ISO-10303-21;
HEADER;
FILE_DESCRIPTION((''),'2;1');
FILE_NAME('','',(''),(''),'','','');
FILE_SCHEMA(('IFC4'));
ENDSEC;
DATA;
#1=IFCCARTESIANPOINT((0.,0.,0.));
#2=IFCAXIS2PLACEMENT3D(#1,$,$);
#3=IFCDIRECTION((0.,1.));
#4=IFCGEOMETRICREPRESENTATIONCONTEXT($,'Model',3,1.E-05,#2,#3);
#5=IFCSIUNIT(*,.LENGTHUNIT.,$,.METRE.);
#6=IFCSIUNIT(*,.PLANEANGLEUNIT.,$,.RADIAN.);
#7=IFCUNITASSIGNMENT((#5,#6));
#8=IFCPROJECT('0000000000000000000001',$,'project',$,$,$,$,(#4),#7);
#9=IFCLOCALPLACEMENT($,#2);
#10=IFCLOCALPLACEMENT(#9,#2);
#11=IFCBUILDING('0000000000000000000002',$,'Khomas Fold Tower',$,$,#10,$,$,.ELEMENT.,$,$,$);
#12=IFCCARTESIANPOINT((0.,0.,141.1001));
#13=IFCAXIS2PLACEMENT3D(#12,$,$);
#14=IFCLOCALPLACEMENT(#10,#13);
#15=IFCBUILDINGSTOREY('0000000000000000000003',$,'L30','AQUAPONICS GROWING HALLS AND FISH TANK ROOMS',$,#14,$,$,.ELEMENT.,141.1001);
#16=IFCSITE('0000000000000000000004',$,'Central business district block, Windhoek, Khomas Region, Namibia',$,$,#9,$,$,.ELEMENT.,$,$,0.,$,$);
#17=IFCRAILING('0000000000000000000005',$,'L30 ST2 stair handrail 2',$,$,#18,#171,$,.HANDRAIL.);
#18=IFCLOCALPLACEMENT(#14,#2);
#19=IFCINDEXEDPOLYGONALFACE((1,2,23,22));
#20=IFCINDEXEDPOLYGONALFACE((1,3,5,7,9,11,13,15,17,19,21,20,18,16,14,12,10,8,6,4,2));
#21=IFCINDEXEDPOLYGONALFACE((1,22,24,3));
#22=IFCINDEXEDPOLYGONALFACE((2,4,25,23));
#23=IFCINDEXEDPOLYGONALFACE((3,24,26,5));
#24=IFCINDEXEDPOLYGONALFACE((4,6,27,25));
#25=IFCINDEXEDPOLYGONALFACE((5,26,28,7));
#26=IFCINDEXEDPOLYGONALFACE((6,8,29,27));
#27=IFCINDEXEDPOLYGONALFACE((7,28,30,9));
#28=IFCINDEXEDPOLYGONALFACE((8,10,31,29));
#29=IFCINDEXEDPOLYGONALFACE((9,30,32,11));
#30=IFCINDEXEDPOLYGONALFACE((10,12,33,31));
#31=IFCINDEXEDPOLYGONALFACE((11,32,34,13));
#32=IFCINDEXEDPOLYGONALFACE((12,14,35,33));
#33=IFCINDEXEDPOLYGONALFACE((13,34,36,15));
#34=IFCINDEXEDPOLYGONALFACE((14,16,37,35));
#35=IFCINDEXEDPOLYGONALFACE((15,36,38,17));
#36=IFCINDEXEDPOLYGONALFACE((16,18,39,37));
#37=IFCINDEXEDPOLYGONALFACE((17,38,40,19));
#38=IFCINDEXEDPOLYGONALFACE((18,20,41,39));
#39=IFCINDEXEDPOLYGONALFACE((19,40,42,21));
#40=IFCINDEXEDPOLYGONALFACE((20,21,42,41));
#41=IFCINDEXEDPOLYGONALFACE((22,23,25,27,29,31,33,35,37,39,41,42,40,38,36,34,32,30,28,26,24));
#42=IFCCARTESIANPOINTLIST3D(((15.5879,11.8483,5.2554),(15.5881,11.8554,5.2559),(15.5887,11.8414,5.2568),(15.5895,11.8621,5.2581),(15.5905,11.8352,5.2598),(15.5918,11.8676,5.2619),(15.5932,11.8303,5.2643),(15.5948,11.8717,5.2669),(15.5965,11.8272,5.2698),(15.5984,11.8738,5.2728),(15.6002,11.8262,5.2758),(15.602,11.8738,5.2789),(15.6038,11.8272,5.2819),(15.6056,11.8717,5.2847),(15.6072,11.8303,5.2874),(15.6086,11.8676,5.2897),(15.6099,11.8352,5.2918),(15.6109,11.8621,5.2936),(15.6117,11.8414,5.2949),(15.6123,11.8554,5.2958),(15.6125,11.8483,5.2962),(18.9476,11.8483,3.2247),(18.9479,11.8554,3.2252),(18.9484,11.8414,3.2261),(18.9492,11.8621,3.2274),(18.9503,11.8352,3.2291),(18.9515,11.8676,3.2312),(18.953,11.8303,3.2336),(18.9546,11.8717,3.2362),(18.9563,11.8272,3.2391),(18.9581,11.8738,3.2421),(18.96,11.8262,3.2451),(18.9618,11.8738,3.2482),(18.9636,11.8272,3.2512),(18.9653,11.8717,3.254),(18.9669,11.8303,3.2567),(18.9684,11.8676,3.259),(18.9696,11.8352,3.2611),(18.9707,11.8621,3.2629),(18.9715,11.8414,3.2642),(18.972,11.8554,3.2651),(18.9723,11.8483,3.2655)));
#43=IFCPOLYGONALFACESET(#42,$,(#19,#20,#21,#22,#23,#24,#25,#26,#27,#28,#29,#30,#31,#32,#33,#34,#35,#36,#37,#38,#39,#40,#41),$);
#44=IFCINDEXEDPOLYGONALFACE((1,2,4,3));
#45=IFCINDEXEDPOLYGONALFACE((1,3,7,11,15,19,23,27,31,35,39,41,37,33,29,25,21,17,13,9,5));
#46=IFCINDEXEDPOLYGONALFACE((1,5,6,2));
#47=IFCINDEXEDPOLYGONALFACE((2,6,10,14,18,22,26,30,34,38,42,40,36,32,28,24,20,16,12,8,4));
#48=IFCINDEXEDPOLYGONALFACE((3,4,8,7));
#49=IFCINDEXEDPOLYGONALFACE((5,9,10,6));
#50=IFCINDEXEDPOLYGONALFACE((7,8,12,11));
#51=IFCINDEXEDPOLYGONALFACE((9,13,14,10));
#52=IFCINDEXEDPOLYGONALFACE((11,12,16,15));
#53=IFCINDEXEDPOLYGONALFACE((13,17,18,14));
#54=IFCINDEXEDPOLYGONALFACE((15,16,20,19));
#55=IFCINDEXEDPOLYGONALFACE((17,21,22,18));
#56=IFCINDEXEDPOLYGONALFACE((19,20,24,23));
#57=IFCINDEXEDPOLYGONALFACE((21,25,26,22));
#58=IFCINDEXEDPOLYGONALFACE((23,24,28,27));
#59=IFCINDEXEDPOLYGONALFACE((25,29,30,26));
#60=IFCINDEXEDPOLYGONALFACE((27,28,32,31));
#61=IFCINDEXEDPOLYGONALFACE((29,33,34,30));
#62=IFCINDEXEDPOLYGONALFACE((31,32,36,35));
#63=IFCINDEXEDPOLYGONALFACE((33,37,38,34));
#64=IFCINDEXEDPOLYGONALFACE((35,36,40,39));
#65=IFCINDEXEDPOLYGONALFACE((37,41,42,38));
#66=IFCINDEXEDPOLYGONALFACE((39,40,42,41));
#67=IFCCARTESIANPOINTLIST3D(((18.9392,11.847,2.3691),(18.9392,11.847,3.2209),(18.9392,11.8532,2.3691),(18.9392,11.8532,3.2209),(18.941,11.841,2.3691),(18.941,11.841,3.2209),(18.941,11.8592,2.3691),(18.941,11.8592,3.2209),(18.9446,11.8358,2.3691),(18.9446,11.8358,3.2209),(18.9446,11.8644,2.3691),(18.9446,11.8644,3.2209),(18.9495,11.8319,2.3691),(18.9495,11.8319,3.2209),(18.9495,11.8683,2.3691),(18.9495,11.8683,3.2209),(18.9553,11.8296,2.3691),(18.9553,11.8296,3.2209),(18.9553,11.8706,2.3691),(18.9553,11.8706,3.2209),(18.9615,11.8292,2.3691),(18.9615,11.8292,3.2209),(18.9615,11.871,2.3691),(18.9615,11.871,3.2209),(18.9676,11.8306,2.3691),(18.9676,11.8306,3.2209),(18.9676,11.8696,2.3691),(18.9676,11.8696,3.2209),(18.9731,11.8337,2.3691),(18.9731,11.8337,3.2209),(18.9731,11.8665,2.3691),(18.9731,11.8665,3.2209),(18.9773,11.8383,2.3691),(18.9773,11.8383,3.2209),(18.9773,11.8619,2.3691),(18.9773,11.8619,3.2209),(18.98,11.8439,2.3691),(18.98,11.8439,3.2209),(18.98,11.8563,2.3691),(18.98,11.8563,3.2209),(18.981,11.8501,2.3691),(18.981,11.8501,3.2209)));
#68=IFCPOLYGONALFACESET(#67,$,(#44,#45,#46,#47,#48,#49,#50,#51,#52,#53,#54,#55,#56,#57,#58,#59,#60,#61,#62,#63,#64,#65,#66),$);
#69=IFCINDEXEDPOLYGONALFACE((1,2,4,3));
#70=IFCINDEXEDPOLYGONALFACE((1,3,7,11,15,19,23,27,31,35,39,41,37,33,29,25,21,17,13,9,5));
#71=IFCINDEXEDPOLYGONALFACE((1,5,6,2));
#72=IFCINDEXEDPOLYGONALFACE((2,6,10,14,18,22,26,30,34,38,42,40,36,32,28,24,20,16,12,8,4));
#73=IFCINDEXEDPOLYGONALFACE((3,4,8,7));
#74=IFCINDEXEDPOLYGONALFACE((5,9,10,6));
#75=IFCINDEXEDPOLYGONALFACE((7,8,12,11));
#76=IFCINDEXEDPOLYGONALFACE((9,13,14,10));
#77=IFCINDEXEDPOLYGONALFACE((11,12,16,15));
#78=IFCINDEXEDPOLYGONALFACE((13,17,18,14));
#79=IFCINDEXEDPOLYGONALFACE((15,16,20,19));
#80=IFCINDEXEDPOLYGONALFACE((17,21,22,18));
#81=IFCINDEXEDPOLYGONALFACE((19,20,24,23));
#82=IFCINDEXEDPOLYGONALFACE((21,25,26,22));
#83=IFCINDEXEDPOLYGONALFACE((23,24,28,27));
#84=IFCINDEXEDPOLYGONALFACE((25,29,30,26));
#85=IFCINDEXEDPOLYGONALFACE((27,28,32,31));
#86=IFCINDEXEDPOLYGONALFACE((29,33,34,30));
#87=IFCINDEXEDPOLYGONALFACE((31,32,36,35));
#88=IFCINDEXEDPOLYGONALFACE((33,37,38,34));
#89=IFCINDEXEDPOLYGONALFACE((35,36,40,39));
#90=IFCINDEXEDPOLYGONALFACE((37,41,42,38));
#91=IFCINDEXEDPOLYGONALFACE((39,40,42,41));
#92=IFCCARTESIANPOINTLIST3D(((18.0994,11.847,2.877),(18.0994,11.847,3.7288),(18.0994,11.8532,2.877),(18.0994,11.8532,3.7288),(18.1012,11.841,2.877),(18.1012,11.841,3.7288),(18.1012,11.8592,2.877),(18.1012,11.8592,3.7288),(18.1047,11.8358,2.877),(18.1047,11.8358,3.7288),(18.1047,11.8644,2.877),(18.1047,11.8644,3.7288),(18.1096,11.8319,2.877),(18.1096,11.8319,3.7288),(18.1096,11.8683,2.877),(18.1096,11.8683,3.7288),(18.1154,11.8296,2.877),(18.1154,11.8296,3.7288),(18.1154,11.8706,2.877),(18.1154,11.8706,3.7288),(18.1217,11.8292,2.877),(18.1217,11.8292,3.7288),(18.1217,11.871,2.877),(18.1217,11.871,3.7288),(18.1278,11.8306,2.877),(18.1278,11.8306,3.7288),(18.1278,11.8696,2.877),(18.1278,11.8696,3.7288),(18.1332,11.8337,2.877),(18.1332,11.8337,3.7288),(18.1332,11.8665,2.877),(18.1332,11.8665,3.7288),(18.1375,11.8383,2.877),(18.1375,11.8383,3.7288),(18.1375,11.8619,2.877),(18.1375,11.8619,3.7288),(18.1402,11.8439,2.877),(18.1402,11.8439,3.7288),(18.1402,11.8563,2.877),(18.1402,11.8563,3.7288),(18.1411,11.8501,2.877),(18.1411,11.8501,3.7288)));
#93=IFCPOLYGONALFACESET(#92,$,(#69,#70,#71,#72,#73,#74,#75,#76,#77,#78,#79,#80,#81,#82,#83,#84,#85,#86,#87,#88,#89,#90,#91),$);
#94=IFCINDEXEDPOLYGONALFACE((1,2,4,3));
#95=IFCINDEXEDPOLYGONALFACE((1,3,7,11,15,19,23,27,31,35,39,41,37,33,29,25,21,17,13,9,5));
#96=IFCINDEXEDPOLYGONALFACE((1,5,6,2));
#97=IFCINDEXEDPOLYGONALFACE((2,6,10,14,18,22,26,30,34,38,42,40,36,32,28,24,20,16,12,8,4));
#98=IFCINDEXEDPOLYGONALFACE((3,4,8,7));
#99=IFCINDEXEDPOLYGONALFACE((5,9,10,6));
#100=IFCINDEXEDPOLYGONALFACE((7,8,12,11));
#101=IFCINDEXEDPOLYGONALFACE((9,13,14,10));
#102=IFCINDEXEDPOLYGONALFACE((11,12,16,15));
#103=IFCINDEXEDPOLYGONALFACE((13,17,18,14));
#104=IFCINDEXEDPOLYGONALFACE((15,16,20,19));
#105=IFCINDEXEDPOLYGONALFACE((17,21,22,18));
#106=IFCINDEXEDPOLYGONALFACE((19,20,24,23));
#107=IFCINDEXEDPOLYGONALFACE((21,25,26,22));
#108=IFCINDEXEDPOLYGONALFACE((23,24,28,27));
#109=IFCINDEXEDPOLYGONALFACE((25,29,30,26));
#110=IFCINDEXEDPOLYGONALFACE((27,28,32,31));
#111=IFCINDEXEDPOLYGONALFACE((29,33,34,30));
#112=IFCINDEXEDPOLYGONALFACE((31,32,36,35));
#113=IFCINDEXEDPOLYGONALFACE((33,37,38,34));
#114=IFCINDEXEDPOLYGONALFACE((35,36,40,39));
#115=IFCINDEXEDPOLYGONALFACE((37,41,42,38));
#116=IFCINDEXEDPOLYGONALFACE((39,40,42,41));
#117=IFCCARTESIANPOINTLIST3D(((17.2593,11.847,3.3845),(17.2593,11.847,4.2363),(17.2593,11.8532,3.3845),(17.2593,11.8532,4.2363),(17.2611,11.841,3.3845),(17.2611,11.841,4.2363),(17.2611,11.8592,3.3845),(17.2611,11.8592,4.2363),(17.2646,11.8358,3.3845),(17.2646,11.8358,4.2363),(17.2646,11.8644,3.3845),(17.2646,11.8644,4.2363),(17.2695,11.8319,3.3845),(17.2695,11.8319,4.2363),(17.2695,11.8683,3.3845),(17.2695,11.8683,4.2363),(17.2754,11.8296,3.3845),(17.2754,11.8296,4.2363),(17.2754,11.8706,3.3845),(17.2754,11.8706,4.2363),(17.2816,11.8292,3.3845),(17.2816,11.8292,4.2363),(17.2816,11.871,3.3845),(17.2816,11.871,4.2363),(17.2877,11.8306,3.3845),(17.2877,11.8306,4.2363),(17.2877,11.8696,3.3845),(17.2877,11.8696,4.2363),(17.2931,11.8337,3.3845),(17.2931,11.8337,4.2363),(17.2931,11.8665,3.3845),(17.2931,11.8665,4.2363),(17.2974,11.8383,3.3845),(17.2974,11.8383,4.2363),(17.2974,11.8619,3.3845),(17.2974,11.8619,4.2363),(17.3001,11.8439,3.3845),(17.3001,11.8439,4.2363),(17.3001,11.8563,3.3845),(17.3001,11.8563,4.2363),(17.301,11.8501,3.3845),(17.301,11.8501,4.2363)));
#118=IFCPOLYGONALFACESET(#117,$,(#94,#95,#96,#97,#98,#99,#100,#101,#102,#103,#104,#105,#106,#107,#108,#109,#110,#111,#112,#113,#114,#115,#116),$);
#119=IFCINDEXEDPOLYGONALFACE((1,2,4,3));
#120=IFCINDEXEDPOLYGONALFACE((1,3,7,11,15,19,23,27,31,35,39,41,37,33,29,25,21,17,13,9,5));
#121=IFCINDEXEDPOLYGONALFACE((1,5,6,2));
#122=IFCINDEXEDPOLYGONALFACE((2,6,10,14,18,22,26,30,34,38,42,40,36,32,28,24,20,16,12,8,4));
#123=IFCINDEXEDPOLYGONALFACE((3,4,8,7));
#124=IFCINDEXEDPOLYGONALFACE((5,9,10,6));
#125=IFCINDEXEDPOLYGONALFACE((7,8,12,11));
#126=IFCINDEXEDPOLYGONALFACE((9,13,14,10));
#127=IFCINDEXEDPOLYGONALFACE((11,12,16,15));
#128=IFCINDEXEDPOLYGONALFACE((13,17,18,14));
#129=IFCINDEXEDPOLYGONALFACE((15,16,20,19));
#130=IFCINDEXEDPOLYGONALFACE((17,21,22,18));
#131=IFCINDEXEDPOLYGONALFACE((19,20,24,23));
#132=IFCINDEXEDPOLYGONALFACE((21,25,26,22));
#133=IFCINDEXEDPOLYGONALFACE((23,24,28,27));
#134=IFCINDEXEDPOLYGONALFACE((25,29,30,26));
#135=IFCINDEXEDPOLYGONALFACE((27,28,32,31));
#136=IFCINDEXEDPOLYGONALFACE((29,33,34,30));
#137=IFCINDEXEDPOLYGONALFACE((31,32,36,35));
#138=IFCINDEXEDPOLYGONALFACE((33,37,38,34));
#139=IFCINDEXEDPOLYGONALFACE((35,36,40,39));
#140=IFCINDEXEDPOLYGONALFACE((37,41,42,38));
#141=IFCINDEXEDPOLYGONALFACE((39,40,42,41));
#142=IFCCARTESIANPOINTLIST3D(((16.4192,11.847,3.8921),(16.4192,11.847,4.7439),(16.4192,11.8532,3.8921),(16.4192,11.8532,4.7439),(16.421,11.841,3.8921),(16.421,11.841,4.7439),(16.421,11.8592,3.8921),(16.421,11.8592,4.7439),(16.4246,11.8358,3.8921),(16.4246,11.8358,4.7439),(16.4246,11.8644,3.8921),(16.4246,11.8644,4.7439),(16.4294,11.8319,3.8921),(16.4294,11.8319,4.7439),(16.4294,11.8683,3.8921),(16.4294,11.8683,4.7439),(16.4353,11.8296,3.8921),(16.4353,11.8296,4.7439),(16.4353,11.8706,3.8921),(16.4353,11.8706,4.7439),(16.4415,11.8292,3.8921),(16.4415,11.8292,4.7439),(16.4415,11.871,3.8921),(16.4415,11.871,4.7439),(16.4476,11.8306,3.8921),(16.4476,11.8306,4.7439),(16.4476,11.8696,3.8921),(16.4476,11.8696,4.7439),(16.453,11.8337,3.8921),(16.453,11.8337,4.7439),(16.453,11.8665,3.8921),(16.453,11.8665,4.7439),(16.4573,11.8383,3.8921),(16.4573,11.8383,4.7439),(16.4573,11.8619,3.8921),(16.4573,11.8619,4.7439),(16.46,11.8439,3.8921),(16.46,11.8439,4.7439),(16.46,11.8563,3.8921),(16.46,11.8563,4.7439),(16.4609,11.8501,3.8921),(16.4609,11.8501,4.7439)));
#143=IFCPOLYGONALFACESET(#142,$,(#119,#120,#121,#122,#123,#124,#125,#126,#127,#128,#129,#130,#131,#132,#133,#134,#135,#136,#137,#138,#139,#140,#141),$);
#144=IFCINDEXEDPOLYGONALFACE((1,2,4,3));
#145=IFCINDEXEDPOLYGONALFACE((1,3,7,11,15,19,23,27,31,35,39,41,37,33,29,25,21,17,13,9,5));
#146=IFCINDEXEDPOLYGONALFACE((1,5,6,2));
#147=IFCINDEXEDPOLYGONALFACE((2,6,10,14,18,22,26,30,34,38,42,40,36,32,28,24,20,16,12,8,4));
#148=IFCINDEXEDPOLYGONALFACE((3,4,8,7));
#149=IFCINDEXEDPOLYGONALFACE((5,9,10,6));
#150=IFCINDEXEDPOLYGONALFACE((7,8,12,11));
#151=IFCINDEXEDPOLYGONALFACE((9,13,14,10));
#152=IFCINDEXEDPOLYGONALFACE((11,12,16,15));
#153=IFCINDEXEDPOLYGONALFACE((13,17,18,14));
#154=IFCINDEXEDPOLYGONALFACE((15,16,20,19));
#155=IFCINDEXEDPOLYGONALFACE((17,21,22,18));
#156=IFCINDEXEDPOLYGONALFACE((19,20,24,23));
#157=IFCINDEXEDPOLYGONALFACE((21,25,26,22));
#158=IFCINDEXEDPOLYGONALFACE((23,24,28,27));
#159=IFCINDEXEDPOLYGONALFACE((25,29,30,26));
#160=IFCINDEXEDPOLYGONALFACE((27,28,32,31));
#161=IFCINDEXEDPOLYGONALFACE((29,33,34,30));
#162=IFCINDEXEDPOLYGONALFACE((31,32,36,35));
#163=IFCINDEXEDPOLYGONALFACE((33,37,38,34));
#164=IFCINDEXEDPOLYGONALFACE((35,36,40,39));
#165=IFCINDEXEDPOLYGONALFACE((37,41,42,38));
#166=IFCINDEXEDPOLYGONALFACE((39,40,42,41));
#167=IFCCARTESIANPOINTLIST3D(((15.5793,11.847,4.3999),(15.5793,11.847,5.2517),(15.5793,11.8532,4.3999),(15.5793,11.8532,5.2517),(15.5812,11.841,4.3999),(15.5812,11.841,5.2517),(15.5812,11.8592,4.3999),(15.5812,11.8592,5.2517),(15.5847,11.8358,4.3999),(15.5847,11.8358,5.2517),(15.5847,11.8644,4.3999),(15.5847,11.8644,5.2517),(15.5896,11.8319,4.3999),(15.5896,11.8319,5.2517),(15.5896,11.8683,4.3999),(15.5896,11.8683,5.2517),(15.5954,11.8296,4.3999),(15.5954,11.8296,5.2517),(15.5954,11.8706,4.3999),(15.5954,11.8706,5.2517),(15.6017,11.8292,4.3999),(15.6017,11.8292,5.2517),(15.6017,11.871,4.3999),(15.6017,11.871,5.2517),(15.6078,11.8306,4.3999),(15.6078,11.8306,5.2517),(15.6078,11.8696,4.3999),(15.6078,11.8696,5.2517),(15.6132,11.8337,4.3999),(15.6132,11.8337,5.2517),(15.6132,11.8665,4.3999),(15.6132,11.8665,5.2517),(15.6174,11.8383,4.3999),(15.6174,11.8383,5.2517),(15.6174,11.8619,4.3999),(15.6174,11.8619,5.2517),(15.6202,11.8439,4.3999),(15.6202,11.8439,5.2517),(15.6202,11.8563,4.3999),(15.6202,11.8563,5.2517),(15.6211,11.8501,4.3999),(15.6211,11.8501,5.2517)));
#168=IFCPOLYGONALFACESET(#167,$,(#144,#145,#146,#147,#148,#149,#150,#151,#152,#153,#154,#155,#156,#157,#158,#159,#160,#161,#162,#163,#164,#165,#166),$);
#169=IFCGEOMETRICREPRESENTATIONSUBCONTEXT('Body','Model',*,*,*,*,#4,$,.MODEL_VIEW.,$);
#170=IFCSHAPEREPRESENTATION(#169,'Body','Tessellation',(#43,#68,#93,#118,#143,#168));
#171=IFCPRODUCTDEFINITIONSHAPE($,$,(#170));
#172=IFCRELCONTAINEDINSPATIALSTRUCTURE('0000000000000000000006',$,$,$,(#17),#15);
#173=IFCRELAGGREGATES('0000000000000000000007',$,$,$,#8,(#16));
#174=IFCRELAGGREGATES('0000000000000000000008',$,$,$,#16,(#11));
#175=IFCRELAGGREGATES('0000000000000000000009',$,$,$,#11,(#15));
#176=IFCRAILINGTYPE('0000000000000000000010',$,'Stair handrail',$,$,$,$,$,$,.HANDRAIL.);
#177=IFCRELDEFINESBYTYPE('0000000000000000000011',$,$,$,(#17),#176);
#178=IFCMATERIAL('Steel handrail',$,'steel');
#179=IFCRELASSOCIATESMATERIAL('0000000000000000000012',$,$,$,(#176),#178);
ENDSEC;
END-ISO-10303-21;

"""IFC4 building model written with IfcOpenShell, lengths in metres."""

from ifc_helpers import new_model, si_unit, direction, frame, origin, origin_2d, place, context, subcontext, project, spatial, circle, extrude, source, transform, mapped, material, type_object, element, save


model = new_model("IFC4")

# Units and contexts
model_context = context("Model", 3, precision=1e-05, world=origin(), true_north=direction((0.0, 1.0)))
body_context = subcontext(model_context, "Body", "Model", "MODEL_VIEW")
ifc_project = project(units=[si_unit("LENGTHUNIT", "METRE"), si_unit("PLANEANGLEUNIT", "RADIAN")], contexts=[model_context])

# Site, building, storey
site_placement = place(None, origin())
site = spatial("IfcSite", under=ifc_project, at=site_placement, Name="Central business district block, Windhoek, Khomas Region, Namibia", CompositionType="ELEMENT", RefElevation=0.0)
building_placement = place(site_placement, origin())
building = spatial("IfcBuilding", under=site, at=building_placement, Name="Khomas Fold Tower", CompositionType="ELEMENT")
storey_placement = place(building_placement, frame((0.0, 0.0, 141.1001)))
storey = spatial("IfcBuildingStorey", under=building, at=storey_placement, Name="L30", Description="AQUAPONICS GROWING HALLS AND FISH TANK ROOMS", CompositionType="ELEMENT", Elevation=141.1001)

# Railing
ifc_material_1 = material(Name="Steel handrail", Category="steel")
railing_type_1 = type_object("IfcRailingType", Name="Stair handrail", PredefinedType="HANDRAIL", material=ifc_material_1)
shared_shape_1 = source(origin(), body_context, "Body", "SweptSolid", [
    extrude(circle(Radius=0.0239, at=origin_2d()), frame((0.0, 0.0, 0.876), z_axis=(-0.85582, 0.0, 0.517273), x_axis=(0.0, -1.0, 0.0)), (0.0, 0.0, 1.0), 3.9258),
    extrude(circle(Radius=0.021, at=origin_2d()), origin(), (0.0, 0.0, 1.0), 0.8518),
    extrude(circle(Radius=0.021, at=origin_2d()), frame((-0.8398, 0.0, 0.5078)), (0.0, 0.0, 1.0), 0.8518),
    extrude(circle(Radius=0.021, at=origin_2d()), frame((-1.6799, 0.0, 1.0154)), (0.0, 0.0, 1.0), 0.8518),
    extrude(circle(Radius=0.021, at=origin_2d()), frame((-2.52, 0.0, 1.5229)), (0.0, 0.0, 1.0), 0.8518),
    extrude(circle(Radius=0.021, at=origin_2d()), frame((-3.3599, 0.0, 2.0308)), (0.0, 0.0, 1.0), 0.8518),
])
railing_1_placement = place(storey_placement, frame((18.96, 11.8501, 2.3691)))
element("IfcRailing", 1, at=railing_1_placement, inside=storey, type_object=railing_type_1, Name="L30 ST2 stair handrail 2", PredefinedType="HANDRAIL", context=body_context, shape_type="MappedRepresentation", body=[
    mapped(shared_shape_1, transform((0.0, 0.0, 0.0))),
])

save(model, "model.ifc")
